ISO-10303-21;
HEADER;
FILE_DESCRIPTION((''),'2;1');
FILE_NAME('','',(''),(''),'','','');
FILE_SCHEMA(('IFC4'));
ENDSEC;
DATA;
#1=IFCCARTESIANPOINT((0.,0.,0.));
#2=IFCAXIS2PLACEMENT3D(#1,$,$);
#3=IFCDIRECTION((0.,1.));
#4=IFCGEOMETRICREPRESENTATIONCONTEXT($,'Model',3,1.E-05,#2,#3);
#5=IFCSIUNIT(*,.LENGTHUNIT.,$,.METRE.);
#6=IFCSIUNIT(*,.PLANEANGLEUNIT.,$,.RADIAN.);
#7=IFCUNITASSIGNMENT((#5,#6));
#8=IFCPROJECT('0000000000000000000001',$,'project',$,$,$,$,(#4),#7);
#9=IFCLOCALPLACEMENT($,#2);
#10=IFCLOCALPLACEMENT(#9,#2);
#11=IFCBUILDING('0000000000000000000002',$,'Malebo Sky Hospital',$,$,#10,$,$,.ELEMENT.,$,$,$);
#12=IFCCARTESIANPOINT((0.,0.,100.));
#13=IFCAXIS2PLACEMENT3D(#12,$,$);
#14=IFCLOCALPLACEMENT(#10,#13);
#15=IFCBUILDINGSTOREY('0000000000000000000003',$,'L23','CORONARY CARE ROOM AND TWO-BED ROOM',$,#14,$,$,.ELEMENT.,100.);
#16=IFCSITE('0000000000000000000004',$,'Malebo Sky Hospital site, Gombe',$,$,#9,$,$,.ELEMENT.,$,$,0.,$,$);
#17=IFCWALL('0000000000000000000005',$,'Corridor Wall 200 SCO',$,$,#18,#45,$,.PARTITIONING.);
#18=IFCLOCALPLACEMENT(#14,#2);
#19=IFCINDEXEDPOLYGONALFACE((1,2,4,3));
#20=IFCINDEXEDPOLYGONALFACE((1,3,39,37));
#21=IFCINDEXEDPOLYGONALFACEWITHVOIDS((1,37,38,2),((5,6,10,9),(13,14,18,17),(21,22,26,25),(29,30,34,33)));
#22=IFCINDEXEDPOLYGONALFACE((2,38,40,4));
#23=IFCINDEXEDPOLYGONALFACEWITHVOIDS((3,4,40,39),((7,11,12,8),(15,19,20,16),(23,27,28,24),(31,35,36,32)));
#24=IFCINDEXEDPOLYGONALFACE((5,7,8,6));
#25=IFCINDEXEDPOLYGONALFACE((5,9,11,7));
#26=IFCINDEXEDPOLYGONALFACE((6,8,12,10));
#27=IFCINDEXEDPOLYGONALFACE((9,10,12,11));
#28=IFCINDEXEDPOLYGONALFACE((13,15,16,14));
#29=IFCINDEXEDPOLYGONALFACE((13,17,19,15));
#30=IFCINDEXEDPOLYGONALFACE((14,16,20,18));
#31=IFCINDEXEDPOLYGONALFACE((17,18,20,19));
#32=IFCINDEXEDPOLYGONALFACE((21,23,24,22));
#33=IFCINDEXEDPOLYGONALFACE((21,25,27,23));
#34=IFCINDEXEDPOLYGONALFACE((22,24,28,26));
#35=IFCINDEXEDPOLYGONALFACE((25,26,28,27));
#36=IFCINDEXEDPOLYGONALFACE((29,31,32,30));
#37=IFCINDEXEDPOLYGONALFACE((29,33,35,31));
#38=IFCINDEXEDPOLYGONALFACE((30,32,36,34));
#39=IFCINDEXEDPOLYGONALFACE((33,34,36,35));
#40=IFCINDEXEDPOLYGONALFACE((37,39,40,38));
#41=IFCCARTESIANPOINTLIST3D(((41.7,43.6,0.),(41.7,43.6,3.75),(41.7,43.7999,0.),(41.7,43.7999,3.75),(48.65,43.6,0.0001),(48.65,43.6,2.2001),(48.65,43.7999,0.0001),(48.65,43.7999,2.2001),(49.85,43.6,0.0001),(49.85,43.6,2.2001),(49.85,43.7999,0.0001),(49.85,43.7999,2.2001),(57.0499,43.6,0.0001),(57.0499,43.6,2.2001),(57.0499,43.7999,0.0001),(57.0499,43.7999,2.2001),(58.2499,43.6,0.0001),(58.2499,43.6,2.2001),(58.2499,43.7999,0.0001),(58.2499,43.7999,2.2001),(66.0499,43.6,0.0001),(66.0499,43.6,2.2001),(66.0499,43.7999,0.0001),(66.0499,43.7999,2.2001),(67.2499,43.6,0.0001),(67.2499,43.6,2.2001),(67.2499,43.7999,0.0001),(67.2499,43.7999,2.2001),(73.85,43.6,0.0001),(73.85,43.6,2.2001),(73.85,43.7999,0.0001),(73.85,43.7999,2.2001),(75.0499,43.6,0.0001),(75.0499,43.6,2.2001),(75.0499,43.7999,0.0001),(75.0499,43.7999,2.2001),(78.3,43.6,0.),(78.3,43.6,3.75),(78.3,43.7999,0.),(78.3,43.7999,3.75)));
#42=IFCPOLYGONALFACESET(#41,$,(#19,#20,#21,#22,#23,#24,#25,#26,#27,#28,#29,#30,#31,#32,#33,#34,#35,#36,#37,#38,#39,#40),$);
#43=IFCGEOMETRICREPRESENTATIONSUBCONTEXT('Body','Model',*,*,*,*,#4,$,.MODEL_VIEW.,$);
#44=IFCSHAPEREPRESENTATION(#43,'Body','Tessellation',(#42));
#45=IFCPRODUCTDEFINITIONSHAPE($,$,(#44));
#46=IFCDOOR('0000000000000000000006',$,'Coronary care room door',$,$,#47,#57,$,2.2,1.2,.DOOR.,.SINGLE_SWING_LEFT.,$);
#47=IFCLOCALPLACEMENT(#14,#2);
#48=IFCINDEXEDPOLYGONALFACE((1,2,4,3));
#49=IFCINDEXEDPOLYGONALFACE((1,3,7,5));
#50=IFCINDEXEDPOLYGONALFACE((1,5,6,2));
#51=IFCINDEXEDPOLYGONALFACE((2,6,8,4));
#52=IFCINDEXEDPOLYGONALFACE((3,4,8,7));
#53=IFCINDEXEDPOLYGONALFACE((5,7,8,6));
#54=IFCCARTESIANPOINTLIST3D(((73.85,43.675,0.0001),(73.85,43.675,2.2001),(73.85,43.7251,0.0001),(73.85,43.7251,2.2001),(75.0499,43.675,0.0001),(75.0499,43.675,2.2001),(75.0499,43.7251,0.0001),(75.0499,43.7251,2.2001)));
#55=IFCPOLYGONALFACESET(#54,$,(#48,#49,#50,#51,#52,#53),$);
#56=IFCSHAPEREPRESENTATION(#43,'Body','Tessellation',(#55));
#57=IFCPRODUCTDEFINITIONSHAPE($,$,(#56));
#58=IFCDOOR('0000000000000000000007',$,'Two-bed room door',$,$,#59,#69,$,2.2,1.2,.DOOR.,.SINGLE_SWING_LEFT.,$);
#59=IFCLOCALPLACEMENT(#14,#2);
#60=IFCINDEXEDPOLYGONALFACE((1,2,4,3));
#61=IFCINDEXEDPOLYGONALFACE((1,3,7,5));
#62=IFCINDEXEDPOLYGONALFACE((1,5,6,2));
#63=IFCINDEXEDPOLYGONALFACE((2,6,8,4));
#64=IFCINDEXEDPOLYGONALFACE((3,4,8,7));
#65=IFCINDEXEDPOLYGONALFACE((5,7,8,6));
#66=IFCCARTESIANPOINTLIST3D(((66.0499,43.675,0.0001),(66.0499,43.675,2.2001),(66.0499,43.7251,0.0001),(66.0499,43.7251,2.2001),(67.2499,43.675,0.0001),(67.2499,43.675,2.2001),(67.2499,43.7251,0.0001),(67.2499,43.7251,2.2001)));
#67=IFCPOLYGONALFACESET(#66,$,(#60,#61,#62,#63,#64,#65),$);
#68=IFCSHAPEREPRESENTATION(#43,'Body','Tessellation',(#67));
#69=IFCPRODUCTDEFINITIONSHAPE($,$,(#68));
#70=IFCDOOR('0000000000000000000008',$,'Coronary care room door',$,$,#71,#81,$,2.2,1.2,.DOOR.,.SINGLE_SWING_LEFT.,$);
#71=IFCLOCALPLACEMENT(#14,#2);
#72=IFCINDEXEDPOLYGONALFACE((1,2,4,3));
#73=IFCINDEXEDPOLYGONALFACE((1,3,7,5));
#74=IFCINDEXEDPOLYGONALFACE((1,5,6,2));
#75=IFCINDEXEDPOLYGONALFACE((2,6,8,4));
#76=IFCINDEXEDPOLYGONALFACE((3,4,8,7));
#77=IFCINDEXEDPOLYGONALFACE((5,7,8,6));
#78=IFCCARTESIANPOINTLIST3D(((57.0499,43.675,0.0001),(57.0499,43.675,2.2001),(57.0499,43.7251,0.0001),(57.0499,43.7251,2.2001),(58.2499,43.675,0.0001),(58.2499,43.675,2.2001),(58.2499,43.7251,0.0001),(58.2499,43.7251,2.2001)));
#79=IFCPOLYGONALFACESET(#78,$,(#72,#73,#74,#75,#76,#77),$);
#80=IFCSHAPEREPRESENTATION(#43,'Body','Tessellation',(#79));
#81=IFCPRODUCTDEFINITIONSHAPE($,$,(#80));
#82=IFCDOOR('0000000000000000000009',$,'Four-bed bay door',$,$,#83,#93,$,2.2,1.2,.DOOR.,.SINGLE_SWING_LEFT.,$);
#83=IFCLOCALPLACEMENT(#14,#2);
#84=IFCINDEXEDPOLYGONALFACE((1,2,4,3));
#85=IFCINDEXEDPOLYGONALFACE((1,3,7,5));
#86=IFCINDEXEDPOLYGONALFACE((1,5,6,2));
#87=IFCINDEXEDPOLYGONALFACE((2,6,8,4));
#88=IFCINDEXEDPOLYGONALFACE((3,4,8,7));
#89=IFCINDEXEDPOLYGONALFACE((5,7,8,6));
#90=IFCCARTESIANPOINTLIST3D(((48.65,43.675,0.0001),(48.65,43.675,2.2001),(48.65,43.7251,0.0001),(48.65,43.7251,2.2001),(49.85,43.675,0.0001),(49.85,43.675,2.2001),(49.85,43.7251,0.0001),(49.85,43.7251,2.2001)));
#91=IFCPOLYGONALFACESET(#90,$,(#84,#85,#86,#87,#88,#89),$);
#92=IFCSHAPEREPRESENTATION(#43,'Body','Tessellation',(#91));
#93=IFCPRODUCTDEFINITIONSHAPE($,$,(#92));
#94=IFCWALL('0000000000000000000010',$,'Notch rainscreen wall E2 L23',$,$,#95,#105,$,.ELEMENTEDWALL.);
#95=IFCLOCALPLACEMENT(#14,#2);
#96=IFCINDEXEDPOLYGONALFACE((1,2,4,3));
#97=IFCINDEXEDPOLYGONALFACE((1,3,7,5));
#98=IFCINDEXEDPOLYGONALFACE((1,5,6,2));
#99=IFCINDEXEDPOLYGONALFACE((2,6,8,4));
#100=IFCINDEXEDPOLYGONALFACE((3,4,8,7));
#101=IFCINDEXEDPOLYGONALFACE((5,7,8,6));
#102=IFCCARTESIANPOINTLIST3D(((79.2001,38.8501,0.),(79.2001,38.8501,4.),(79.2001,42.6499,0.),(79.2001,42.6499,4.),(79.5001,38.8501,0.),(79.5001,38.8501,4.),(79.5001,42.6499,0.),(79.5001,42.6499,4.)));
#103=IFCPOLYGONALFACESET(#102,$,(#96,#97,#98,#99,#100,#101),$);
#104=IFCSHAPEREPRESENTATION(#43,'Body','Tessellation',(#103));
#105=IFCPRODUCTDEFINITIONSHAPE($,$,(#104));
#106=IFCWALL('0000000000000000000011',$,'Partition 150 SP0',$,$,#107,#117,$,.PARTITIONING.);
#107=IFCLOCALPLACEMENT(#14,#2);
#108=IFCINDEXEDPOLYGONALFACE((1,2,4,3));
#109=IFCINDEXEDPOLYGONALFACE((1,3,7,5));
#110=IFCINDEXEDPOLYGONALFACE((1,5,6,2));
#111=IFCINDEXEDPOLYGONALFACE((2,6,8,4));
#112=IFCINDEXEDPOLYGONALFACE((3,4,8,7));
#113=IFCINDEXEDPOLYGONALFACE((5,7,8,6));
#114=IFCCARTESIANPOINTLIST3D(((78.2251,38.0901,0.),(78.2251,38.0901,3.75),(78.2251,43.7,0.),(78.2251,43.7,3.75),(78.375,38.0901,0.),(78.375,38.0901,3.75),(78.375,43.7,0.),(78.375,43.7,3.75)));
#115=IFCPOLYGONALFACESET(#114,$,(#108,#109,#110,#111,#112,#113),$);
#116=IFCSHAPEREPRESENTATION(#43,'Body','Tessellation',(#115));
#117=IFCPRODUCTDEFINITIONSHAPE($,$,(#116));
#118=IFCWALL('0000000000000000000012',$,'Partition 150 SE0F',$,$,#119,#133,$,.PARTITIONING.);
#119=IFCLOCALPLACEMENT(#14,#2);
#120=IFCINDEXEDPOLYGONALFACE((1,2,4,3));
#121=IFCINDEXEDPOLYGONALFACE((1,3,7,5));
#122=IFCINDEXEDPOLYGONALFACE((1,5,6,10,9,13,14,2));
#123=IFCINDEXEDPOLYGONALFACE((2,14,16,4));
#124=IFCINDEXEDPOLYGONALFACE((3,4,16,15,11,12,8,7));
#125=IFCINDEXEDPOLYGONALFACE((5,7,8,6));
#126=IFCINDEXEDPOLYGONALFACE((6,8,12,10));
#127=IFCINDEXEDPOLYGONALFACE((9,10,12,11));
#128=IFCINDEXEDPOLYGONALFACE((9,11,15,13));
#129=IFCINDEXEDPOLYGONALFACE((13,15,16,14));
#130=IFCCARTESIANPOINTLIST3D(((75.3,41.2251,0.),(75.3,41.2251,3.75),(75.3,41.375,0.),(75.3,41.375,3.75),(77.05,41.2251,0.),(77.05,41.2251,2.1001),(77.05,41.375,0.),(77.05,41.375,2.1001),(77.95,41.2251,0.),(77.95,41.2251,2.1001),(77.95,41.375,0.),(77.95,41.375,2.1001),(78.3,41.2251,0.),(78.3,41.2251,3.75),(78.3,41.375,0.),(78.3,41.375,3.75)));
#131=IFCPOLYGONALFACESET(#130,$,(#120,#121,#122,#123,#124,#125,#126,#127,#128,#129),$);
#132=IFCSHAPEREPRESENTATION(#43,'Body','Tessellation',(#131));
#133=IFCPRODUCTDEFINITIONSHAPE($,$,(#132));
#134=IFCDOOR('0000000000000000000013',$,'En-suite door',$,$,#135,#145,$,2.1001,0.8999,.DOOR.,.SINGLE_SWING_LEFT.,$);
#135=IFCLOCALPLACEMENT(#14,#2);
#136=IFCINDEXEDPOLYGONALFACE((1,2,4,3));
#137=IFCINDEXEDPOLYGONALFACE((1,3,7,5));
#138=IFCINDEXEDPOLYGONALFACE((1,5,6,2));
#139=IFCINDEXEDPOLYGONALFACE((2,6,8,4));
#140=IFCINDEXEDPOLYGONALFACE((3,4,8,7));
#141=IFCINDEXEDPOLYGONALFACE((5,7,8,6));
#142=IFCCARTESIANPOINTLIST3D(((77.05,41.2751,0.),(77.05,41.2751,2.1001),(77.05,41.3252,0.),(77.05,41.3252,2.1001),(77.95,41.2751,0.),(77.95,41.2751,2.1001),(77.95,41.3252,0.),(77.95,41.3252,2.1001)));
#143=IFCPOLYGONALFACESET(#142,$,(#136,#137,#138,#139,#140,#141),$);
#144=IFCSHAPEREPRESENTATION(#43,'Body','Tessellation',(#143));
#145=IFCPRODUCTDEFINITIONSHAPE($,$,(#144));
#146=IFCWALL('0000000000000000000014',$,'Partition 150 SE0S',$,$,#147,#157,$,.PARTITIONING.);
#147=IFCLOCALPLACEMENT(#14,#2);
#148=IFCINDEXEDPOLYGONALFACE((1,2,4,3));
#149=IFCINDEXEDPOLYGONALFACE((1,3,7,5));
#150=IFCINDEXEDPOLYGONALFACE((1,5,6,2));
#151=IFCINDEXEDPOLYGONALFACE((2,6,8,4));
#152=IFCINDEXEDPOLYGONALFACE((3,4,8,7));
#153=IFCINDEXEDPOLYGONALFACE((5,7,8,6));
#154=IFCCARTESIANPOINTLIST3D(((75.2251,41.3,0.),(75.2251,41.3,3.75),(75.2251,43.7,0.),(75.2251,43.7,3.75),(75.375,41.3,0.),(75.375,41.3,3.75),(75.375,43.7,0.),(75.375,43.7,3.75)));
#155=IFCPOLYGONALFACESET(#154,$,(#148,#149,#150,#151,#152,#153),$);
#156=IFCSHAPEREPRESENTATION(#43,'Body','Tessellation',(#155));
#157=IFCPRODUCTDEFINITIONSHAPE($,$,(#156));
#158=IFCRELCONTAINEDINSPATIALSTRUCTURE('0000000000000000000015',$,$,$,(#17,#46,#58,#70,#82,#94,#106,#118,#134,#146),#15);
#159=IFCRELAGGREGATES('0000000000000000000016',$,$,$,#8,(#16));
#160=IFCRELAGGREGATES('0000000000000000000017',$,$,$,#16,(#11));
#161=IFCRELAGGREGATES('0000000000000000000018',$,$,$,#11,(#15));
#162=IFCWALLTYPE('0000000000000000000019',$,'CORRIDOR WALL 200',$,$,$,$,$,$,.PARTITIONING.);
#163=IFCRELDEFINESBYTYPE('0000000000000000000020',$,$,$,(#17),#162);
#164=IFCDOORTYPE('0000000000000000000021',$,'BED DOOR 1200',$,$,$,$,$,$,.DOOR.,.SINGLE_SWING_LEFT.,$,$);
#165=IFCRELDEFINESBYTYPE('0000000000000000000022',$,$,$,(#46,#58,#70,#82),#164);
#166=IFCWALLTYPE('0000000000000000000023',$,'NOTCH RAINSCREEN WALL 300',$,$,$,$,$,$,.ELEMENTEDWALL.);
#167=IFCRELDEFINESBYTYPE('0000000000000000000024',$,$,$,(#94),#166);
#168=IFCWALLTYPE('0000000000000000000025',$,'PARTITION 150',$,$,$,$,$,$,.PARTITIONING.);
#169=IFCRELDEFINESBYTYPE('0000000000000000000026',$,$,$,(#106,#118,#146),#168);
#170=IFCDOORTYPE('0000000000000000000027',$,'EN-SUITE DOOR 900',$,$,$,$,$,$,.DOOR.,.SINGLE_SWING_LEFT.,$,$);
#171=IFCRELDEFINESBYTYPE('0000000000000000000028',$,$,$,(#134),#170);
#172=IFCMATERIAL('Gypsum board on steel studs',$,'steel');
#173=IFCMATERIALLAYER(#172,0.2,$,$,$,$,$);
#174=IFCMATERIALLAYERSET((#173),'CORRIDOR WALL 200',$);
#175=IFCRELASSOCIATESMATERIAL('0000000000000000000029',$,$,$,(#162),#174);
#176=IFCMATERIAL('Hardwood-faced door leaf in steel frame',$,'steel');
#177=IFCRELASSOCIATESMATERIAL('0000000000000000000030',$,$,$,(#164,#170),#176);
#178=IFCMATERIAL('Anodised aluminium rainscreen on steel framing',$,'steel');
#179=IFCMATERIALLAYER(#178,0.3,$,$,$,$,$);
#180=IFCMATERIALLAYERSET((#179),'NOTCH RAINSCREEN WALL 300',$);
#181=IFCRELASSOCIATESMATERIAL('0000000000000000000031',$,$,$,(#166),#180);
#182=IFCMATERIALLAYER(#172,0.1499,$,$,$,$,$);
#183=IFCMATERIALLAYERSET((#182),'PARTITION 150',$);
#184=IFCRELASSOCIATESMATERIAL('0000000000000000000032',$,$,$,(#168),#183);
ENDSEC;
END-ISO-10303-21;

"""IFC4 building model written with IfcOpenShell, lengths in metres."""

from ifc_helpers import new_model, si_unit, direction, frame, frame_2d, origin, place, context, subcontext, project, spatial, rectangle, extrude, material, layer, layer_set, type_object, element, fill, save


model = new_model("IFC4")

# Units and contexts
model_context = context("Model", 3, precision=1e-05, world=origin(), true_north=direction((0.0, 1.0)))
body_context = subcontext(model_context, "Body", "Model", "MODEL_VIEW")
ifc_project = project(units=[si_unit("LENGTHUNIT", "METRE"), si_unit("PLANEANGLEUNIT", "RADIAN")], contexts=[model_context])

# Site, building, storey
site_placement = place(None, origin())
site = spatial("IfcSite", under=ifc_project, at=site_placement, Name="Malebo Sky Hospital site, Gombe", CompositionType="ELEMENT", RefElevation=0.0)
building_placement = place(site_placement, origin())
building = spatial("IfcBuilding", under=site, at=building_placement, Name="Malebo Sky Hospital", CompositionType="ELEMENT")
storey_placement = place(building_placement, frame((0.0, 0.0, 100.0)))
storey = spatial("IfcBuildingStorey", under=building, at=storey_placement, Name="L23", Description="CORONARY CARE ROOM AND TWO-BED ROOM", CompositionType="ELEMENT", Elevation=100.0)

# Wall, openings, doors
ifc_material_1 = material(Name="Gypsum board on steel studs", Category="steel")
ifc_layer_1 = layer(ifc_material_1, 0.2)
ifc_layer_set_1 = layer_set([ifc_layer_1], Name="CORRIDOR WALL 200")
wall_type_1 = type_object("IfcWallType", Name="CORRIDOR WALL 200", PredefinedType="PARTITIONING", material=ifc_layer_set_1)
wall_1_placement = place(storey_placement, frame((78.3, 43.7, 0.0), z_axis=(0.0, 0.0, 1.0), x_axis=(-1.0, 0.0, 0.0)))
wall_1 = element("IfcWall", 1, at=wall_1_placement, inside=storey, type_object=wall_type_1, Name="Corridor Wall 200 SCO", PredefinedType="PARTITIONING", context=body_context, shape_type="SweptSolid", body=[
    extrude(rectangle(XDim=36.6001, YDim=0.2, at=frame_2d((18.3, 0.0))), origin(), (0.0, 0.0, 1.0), 3.75),
])
opening_1_placement = place(wall_1_placement, frame((3.25, 0.0, 0.0)))
opening_1 = element("IfcOpeningElement", 2, at=opening_1_placement, cuts=wall_1, PredefinedType="OPENING", context=body_context, shape_type="SweptSolid", body=[
    extrude(rectangle(XDim=1.2, YDim=2.2, at=frame_2d((0.6001, 1.1001))), frame((0.0, 0.1099, 0.0), z_axis=(0.0, -1.0, 0.0), x_axis=(1.0, 0.0, 0.0)), (0.0, 0.0, 1.0), 0.22),
])
opening_2_placement = place(wall_1_placement, frame((11.05, 0.0, 0.0)))
opening_2 = element("IfcOpeningElement", 3, at=opening_2_placement, cuts=wall_1, PredefinedType="OPENING", context=body_context, shape_type="SweptSolid", body=[
    extrude(rectangle(XDim=1.2, YDim=2.2, at=frame_2d((0.6001, 1.1001))), frame((0.0, 0.1099, 0.0), z_axis=(0.0, -1.0, 0.0), x_axis=(1.0, 0.0, 0.0)), (0.0, 0.0, 1.0), 0.22),
])
opening_3_placement = place(wall_1_placement, frame((20.05, 0.0, 0.0)))
opening_3 = element("IfcOpeningElement", 4, at=opening_3_placement, cuts=wall_1, PredefinedType="OPENING", context=body_context, shape_type="SweptSolid", body=[
    extrude(rectangle(XDim=1.2, YDim=2.2, at=frame_2d((0.6001, 1.1001))), frame((0.0, 0.1099, 0.0), z_axis=(0.0, -1.0, 0.0), x_axis=(1.0, 0.0, 0.0)), (0.0, 0.0, 1.0), 0.22),
])
opening_4_placement = place(wall_1_placement, frame((28.45, 0.0, 0.0)))
opening_4 = element("IfcOpeningElement", 5, at=opening_4_placement, cuts=wall_1, PredefinedType="OPENING", context=body_context, shape_type="SweptSolid", body=[
    extrude(rectangle(XDim=1.2, YDim=2.2, at=frame_2d((0.6001, 1.1001))), frame((0.0, 0.1099, 0.0), z_axis=(0.0, -1.0, 0.0), x_axis=(1.0, 0.0, 0.0)), (0.0, 0.0, 1.0), 0.22),
])
ifc_material_2 = material(Name="Hardwood-faced door leaf in steel frame", Category="steel")
door_type_1 = type_object("IfcDoorType", Name="BED DOOR 1200", OperationType="SINGLE_SWING_LEFT", PredefinedType="DOOR", material=ifc_material_2)
door_1_placement = place(opening_1_placement, origin())
door_1 = element("IfcDoor", 6, at=door_1_placement, inside=storey, type_object=door_type_1, Name="Coronary care room door", OperationType="SINGLE_SWING_LEFT", OverallHeight=2.2, OverallWidth=1.2, PredefinedType="DOOR", context=body_context, shape_type="SweptSolid", body=[
    extrude(rectangle(XDim=1.2, YDim=2.2, at=frame_2d((0.6001, 1.1001))), frame((0.0, 0.0249, 0.0), z_axis=(0.0, -1.0, 0.0), x_axis=(1.0, 0.0, 0.0)), (0.0, 0.0, 1.0), 0.05),
])
fill(opening_1, door_1)
door_2_placement = place(opening_2_placement, origin())
door_2 = element("IfcDoor", 7, at=door_2_placement, inside=storey, type_object=door_type_1, Name="Two-bed room door", OperationType="SINGLE_SWING_LEFT", OverallHeight=2.2, OverallWidth=1.2, PredefinedType="DOOR", context=body_context, shape_type="SweptSolid", body=[
    extrude(rectangle(XDim=1.2, YDim=2.2, at=frame_2d((0.6001, 1.1001))), frame((0.0, 0.0249, 0.0), z_axis=(0.0, -1.0, 0.0), x_axis=(1.0, 0.0, 0.0)), (0.0, 0.0, 1.0), 0.05),
])
fill(opening_2, door_2)
door_3_placement = place(opening_3_placement, origin())
door_3 = element("IfcDoor", 8, at=door_3_placement, inside=storey, type_object=door_type_1, Name="Coronary care room door", OperationType="SINGLE_SWING_LEFT", OverallHeight=2.2, OverallWidth=1.2, PredefinedType="DOOR", context=body_context, shape_type="SweptSolid", body=[
    extrude(rectangle(XDim=1.2, YDim=2.2, at=frame_2d((0.6001, 1.1001))), frame((0.0, 0.0249, 0.0), z_axis=(0.0, -1.0, 0.0), x_axis=(1.0, 0.0, 0.0)), (0.0, 0.0, 1.0), 0.05),
])
fill(opening_3, door_3)
door_4_placement = place(opening_4_placement, origin())
door_4 = element("IfcDoor", 9, at=door_4_placement, inside=storey, type_object=door_type_1, Name="Four-bed bay door", OperationType="SINGLE_SWING_LEFT", OverallHeight=2.2, OverallWidth=1.2, PredefinedType="DOOR", context=body_context, shape_type="SweptSolid", body=[
    extrude(rectangle(XDim=1.2, YDim=2.2, at=frame_2d((0.6001, 1.1001))), frame((0.0, 0.0249, 0.0), z_axis=(0.0, -1.0, 0.0), x_axis=(1.0, 0.0, 0.0)), (0.0, 0.0, 1.0), 0.05),
])
fill(opening_4, door_4)

# Walls
ifc_material_3 = material(Name="Anodised aluminium rainscreen on steel framing", Category="steel")
ifc_layer_2 = layer(ifc_material_3, 0.3)
ifc_layer_set_2 = layer_set([ifc_layer_2], Name="NOTCH RAINSCREEN WALL 300")
wall_type_2 = type_object("IfcWallType", Name="NOTCH RAINSCREEN WALL 300", PredefinedType="ELEMENTEDWALL", material=ifc_layer_set_2)
wall_2_placement = place(storey_placement, frame((79.3501, 42.6499, 0.0), z_axis=(0.0, 0.0, 1.0), x_axis=(0.0, -1.0, 0.0)))
element("IfcWall", 10, at=wall_2_placement, inside=storey, type_object=wall_type_2, Name="Notch rainscreen wall E2 L23", PredefinedType="ELEMENTEDWALL", context=body_context, shape_type="SweptSolid", body=[
    extrude(rectangle(XDim=3.7998, YDim=0.3, at=frame_2d((1.8999, 0.0))), origin(), (0.0, 0.0, 1.0), 4.0),
])
ifc_layer_3 = layer(ifc_material_1, 0.1499)
ifc_layer_set_3 = layer_set([ifc_layer_3], Name="PARTITION 150")
wall_type_3 = type_object("IfcWallType", Name="PARTITION 150", PredefinedType="PARTITIONING", material=ifc_layer_set_3)
wall_3_placement = place(storey_placement, frame((78.3, 43.7, 0.0), z_axis=(0.0, 0.0, 1.0), x_axis=(0.0, -1.0, 0.0)))
element("IfcWall", 11, at=wall_3_placement, inside=storey, type_object=wall_type_3, Name="Partition 150 SP0", PredefinedType="PARTITIONING", context=body_context, shape_type="SweptSolid", body=[
    extrude(rectangle(XDim=5.6099, YDim=0.1499, at=frame_2d((2.8049, 0.0))), origin(), (0.0, 0.0, 1.0), 3.75),
])

# Wall, opening, door
wall_4_placement = place(storey_placement, frame((78.3, 41.3, 0.0), z_axis=(0.0, 0.0, 1.0), x_axis=(-1.0, 0.0, 0.0)))
wall_4 = element("IfcWall", 12, at=wall_4_placement, inside=storey, type_object=wall_type_3, Name="Partition 150 SE0F", PredefinedType="PARTITIONING", context=body_context, shape_type="SweptSolid", body=[
    extrude(rectangle(XDim=3.0, YDim=0.1499, at=frame_2d((1.5, 0.0))), origin(), (0.0, 0.0, 1.0), 3.75),
])
opening_5_placement = place(wall_4_placement, frame((0.3501, 0.0, 0.0)))
opening_5 = element("IfcOpeningElement", 13, at=opening_5_placement, cuts=wall_4, PredefinedType="OPENING", context=body_context, shape_type="SweptSolid", body=[
    extrude(rectangle(XDim=0.8999, YDim=2.1001, at=frame_2d((0.45, 1.05))), frame((0.0, 0.085, 0.0), z_axis=(0.0, -1.0, 0.0), x_axis=(1.0, 0.0, 0.0)), (0.0, 0.0, 1.0), 0.1699),
])
door_type_2 = type_object("IfcDoorType", Name="EN-SUITE DOOR 900", OperationType="SINGLE_SWING_LEFT", PredefinedType="DOOR", material=ifc_material_2)
door_5_placement = place(opening_5_placement, origin())
door_5 = element("IfcDoor", 14, at=door_5_placement, inside=storey, type_object=door_type_2, Name="En-suite door", OperationType="SINGLE_SWING_LEFT", OverallHeight=2.1001, OverallWidth=0.8999, PredefinedType="DOOR", context=body_context, shape_type="SweptSolid", body=[
    extrude(rectangle(XDim=0.8999, YDim=2.1001, at=frame_2d((0.45, 1.05))), frame((0.0, 0.0249, 0.0), z_axis=(0.0, -1.0, 0.0), x_axis=(1.0, 0.0, 0.0)), (0.0, 0.0, 1.0), 0.05),
])
fill(opening_5, door_5)

# Wall
wall_5_placement = place(storey_placement, frame((75.3, 43.7, 0.0), z_axis=(0.0, 0.0, 1.0), x_axis=(0.0, -1.0, 0.0)))
element("IfcWall", 15, at=wall_5_placement, inside=storey, type_object=wall_type_3, Name="Partition 150 SE0S", PredefinedType="PARTITIONING", context=body_context, shape_type="SweptSolid", body=[
    extrude(rectangle(XDim=2.3999, YDim=0.1499, at=frame_2d((1.2, 0.0))), origin(), (0.0, 0.0, 1.0), 3.75),
])

save(model, "model.ifc")
